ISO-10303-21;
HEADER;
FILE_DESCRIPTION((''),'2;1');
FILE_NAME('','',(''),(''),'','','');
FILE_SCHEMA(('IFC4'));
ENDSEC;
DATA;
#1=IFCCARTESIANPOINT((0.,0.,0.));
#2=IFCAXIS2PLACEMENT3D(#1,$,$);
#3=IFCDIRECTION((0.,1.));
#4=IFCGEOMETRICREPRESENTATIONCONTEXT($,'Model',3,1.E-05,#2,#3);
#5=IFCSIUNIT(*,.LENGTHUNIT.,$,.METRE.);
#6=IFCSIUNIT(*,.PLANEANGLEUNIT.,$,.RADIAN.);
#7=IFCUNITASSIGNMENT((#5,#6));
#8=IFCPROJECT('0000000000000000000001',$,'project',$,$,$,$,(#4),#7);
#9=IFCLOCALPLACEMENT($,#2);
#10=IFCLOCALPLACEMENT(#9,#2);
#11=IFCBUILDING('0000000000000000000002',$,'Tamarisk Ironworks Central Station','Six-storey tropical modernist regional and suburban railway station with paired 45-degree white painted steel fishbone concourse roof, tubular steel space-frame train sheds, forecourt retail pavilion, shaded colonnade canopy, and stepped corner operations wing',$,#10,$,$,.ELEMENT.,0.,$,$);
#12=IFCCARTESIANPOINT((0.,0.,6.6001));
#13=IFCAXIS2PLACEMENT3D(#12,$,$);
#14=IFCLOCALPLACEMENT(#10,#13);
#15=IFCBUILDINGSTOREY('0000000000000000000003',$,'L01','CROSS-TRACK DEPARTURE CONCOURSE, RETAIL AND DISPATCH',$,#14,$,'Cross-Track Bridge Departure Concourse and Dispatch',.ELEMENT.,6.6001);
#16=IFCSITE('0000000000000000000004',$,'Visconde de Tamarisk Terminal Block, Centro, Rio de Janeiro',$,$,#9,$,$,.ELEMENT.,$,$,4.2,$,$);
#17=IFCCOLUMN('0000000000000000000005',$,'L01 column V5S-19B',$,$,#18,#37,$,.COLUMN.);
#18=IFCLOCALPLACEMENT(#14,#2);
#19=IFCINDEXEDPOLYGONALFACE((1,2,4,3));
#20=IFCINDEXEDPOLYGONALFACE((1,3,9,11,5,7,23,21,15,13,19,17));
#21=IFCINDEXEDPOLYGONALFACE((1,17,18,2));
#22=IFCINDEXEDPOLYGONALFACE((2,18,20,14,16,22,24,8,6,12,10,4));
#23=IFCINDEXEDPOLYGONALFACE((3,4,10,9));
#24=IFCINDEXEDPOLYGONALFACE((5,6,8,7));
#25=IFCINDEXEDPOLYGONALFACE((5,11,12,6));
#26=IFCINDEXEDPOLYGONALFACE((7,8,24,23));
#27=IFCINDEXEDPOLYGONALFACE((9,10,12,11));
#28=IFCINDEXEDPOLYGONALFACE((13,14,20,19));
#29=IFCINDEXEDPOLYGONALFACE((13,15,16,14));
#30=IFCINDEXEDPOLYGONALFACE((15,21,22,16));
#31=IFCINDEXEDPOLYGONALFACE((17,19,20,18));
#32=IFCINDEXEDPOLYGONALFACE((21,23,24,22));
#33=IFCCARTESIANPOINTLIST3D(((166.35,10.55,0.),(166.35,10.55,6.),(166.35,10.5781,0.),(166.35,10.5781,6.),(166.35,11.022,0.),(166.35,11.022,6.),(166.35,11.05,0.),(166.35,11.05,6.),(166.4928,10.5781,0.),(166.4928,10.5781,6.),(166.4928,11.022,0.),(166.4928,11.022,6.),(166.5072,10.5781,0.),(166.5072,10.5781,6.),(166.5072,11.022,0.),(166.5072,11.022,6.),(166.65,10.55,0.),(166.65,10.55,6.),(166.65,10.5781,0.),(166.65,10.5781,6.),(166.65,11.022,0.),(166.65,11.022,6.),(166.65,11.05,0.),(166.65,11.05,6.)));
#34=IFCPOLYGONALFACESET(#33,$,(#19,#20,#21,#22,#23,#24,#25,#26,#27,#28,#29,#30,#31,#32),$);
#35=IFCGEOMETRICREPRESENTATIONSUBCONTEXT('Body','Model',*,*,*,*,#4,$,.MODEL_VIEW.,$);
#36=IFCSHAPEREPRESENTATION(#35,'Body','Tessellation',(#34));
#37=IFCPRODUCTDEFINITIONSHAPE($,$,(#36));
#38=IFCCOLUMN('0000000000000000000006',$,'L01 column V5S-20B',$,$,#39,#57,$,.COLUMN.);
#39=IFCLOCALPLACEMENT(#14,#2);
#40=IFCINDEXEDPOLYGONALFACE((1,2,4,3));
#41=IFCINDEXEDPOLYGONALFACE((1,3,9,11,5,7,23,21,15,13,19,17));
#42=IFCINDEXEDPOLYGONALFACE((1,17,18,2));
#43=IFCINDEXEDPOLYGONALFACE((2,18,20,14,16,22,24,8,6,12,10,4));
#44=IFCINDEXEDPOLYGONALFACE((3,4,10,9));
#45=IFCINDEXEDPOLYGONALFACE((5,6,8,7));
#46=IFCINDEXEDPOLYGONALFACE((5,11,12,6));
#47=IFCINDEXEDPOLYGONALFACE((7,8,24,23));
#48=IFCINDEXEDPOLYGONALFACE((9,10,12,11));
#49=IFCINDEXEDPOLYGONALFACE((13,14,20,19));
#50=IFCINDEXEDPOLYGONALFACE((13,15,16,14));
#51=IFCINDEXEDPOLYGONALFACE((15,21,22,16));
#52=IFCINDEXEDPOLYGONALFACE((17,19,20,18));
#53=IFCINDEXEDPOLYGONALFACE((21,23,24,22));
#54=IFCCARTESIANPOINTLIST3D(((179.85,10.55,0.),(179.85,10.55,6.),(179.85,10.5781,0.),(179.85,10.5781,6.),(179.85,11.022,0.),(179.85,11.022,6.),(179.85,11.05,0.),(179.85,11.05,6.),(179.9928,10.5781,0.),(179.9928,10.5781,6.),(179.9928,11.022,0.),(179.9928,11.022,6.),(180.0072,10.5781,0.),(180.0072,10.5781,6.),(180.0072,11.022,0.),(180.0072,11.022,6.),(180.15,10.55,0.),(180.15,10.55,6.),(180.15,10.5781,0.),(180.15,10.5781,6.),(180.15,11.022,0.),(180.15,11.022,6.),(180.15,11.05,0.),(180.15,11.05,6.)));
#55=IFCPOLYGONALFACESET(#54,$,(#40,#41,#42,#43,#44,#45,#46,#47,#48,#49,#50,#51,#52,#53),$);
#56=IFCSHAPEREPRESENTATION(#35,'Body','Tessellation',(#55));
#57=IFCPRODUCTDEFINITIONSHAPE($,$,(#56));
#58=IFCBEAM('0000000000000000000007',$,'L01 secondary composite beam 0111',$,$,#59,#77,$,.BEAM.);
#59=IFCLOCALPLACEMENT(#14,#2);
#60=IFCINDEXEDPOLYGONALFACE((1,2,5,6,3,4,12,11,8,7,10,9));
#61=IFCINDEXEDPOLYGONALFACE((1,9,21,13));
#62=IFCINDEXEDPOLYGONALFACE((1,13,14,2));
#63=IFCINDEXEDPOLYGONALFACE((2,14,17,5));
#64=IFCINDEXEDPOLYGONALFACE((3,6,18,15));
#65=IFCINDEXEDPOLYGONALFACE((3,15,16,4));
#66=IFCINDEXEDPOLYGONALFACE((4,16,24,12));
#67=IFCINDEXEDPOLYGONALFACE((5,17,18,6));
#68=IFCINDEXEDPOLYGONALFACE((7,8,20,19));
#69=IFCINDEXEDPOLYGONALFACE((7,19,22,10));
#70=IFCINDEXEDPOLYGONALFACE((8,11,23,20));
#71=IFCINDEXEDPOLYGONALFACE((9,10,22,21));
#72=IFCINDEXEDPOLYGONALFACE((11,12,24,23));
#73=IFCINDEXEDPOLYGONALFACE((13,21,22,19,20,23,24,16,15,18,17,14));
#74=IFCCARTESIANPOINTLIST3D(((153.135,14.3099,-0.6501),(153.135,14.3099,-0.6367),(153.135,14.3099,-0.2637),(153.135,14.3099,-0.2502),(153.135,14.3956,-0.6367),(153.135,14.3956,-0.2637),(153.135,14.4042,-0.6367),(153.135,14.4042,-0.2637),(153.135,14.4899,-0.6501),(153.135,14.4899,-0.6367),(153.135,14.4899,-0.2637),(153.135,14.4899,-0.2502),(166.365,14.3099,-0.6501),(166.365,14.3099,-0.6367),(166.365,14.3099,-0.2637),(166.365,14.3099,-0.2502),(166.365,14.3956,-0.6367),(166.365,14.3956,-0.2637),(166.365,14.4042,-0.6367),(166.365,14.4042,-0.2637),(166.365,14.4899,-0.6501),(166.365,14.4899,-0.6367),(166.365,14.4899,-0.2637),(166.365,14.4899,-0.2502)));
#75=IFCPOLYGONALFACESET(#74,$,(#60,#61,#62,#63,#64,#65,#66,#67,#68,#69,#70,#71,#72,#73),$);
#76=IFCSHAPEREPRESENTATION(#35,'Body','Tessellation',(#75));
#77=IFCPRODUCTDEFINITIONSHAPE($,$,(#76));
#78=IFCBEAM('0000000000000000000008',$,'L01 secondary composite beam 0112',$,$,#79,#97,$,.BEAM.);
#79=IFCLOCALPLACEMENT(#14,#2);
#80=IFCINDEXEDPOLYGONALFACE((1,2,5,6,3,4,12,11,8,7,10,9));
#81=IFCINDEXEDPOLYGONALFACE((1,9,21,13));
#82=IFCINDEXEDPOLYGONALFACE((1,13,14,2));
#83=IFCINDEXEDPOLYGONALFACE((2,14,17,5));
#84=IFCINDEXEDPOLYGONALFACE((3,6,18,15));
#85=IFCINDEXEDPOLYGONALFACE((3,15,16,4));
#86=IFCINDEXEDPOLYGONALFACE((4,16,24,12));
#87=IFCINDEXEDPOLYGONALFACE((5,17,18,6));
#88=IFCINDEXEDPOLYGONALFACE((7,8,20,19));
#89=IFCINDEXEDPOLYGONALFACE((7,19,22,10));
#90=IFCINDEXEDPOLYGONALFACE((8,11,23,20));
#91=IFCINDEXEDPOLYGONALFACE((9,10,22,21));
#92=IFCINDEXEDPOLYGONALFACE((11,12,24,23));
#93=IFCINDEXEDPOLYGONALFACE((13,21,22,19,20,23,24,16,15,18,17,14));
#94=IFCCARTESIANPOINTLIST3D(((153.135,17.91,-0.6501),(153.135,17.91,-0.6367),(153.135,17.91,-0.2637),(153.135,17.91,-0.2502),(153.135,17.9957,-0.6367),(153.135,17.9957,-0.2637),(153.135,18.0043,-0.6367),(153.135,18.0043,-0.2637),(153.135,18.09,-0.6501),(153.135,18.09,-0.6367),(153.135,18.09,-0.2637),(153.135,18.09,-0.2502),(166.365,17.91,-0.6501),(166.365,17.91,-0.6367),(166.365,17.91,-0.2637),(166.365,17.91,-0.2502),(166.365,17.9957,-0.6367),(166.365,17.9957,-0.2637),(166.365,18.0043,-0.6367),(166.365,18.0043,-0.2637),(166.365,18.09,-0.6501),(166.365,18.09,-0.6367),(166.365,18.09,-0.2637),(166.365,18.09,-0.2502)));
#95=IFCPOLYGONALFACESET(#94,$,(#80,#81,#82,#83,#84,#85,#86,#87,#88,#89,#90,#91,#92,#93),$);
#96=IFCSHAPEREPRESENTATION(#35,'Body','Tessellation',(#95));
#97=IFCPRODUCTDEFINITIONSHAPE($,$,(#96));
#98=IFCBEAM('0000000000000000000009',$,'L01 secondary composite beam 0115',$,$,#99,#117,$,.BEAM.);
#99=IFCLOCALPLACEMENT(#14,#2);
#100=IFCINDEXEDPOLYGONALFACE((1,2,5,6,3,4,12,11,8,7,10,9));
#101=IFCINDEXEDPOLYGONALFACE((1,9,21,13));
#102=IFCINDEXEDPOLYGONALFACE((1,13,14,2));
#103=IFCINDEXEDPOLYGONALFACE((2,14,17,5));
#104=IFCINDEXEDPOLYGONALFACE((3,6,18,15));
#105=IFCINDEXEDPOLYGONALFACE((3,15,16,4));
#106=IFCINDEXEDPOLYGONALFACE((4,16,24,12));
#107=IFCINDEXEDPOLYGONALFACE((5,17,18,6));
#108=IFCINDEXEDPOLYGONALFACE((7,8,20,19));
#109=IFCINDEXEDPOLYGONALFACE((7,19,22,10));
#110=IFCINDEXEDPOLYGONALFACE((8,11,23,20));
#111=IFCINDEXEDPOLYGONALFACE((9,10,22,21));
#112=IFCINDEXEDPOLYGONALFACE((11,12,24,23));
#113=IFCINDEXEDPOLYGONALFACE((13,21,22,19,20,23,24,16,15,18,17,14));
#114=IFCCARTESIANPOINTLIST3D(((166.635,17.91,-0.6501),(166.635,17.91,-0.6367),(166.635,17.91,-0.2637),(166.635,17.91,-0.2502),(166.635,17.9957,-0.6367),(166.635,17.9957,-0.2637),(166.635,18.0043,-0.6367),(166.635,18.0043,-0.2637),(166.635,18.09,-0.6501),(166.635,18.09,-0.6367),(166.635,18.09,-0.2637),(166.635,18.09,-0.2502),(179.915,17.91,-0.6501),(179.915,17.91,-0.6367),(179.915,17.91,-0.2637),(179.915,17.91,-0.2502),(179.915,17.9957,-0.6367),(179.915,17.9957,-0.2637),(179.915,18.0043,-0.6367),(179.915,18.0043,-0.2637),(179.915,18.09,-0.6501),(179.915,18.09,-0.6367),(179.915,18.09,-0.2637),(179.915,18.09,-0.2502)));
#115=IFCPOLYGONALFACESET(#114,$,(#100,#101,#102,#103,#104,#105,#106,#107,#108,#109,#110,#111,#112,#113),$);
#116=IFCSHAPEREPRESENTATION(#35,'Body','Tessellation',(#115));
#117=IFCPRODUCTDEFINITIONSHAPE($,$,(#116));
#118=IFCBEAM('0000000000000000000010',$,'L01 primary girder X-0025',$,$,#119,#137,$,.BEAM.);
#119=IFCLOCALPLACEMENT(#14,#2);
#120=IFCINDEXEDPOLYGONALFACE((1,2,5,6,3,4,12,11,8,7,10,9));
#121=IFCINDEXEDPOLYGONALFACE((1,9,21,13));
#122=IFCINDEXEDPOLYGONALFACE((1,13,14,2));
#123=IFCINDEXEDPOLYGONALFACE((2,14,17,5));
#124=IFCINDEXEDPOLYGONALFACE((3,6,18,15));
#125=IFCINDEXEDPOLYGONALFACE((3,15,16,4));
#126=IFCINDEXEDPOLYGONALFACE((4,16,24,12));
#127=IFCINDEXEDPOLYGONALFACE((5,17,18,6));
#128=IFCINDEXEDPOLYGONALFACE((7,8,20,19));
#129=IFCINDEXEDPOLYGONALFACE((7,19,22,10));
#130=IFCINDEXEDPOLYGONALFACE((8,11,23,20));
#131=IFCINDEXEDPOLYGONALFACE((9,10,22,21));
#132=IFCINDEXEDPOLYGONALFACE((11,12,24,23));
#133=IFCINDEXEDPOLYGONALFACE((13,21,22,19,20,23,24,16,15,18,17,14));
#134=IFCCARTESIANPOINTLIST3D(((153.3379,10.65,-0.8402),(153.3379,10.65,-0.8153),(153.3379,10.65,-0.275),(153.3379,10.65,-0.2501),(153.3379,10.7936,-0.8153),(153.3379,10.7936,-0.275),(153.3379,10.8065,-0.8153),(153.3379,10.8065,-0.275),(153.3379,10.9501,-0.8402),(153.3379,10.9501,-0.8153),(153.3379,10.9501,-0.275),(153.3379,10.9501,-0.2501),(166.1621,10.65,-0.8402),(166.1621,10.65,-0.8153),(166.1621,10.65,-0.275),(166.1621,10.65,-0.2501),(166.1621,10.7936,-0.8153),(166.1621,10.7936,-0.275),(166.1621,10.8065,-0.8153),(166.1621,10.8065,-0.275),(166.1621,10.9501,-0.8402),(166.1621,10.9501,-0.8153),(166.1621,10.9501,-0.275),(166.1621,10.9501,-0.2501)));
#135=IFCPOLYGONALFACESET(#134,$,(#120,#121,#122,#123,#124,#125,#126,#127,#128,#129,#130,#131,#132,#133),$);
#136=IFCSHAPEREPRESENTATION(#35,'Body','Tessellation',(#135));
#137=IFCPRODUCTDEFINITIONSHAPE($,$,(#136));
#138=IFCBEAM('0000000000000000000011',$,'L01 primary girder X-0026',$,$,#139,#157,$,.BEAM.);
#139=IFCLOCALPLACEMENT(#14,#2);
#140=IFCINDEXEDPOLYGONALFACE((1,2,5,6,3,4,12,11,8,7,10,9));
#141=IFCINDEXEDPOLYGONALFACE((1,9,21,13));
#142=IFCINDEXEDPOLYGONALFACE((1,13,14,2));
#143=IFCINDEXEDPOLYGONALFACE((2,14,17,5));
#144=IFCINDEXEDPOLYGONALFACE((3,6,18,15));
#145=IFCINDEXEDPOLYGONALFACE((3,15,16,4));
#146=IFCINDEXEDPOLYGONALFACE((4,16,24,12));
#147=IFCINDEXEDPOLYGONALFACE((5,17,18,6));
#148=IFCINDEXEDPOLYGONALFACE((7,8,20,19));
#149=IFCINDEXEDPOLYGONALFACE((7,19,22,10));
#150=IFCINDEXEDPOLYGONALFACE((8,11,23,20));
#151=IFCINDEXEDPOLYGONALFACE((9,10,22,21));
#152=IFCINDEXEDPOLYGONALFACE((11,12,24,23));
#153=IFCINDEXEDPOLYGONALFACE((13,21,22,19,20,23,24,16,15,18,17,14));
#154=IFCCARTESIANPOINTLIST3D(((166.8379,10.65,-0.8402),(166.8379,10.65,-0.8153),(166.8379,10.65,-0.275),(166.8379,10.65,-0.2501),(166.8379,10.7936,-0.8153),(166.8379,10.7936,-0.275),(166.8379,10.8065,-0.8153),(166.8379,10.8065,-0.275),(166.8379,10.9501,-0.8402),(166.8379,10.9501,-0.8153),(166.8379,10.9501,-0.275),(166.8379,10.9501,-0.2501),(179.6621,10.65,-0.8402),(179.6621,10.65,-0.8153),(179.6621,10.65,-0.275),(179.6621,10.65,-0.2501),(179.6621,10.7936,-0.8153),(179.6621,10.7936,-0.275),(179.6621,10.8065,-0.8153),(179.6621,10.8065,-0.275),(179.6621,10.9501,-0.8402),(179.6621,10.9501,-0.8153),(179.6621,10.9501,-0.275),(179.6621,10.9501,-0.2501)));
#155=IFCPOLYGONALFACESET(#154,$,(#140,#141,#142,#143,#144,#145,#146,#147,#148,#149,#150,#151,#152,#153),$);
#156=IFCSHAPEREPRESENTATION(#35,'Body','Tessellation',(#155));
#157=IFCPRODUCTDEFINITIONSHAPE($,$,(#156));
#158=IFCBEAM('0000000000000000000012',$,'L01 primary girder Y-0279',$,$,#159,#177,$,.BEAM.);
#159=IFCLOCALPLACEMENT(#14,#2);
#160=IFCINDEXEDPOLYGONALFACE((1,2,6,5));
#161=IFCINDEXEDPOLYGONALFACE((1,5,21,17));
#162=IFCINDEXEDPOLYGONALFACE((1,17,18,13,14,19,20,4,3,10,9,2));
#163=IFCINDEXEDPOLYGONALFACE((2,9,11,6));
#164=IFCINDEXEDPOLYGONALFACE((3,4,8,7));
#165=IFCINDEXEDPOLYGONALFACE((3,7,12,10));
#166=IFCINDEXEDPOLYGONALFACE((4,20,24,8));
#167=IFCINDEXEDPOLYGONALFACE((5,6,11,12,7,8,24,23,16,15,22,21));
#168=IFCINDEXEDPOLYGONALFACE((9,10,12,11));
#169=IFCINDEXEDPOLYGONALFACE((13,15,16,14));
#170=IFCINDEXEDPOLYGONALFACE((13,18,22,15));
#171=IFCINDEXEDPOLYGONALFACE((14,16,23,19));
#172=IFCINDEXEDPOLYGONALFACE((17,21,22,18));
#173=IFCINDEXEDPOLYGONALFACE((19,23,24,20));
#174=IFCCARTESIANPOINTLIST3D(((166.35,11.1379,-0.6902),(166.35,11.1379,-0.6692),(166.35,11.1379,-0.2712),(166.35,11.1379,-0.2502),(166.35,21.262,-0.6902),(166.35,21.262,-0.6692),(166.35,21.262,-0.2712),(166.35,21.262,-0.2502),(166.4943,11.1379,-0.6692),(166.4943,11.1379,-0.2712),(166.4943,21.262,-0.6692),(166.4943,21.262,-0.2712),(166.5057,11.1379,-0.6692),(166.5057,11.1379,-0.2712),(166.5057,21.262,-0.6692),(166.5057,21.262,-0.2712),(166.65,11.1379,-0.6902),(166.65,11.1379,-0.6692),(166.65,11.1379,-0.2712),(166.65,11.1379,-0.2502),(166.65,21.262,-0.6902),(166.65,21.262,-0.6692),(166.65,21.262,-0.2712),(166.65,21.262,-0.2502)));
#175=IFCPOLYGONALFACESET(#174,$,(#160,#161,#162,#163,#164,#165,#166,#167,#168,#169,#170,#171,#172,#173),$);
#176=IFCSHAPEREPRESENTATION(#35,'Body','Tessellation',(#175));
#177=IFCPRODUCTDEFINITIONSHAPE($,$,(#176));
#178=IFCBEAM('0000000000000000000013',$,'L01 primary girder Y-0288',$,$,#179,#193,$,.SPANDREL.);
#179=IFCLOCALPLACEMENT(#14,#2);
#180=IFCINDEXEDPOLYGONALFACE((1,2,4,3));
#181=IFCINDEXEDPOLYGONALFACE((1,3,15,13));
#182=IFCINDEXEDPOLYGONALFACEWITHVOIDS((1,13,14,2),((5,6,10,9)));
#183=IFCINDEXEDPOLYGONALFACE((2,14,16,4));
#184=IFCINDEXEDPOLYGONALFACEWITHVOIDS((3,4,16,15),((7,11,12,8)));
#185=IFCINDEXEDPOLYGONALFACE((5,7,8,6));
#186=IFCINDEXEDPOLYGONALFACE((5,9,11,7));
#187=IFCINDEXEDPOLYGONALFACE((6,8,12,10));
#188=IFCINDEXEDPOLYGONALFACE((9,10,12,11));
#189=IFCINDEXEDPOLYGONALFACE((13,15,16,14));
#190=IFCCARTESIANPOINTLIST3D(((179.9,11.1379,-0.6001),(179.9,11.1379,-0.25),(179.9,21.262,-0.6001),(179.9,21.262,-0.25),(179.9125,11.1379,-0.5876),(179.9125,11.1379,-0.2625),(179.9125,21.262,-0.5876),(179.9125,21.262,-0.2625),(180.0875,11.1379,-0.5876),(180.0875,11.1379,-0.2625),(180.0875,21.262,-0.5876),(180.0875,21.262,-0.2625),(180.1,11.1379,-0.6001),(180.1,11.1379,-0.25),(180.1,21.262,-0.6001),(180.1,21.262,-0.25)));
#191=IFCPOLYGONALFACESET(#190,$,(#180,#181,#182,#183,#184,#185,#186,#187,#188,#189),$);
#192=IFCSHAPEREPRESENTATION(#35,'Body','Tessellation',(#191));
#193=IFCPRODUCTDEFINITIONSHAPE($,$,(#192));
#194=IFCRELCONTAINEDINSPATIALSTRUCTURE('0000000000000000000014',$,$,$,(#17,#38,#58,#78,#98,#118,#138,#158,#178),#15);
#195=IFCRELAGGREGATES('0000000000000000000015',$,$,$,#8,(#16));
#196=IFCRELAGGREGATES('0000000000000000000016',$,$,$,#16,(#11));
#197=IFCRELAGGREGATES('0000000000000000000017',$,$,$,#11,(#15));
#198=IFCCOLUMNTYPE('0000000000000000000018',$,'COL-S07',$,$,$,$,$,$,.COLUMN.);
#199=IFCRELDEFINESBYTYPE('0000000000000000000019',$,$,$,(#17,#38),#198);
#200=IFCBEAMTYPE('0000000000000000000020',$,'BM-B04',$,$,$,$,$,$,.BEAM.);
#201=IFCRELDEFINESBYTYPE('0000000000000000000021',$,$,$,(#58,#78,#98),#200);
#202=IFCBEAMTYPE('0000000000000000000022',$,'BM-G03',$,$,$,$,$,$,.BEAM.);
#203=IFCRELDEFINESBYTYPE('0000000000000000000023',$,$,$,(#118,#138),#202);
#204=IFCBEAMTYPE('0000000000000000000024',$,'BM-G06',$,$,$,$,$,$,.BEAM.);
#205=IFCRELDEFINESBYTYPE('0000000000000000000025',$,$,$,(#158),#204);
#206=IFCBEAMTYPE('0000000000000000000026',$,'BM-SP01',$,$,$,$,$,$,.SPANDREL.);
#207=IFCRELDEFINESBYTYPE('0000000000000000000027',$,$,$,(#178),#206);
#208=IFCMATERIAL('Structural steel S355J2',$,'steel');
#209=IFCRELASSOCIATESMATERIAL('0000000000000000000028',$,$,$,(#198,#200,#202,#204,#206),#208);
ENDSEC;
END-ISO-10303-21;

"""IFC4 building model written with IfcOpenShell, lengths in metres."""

from ifc_helpers import new_model, si_unit, direction, frame, origin, origin_2d, place, context, subcontext, project, spatial, hollow_rectangle, i_section, extrude, material, material_profile, profile_set, type_object, element, save


model = new_model("IFC4")

# Units and contexts
model_context = context("Model", 3, precision=1e-05, world=origin(), true_north=direction((0.0, 1.0)))
body_context = subcontext(model_context, "Body", "Model", "MODEL_VIEW")
ifc_project = project(units=[si_unit("LENGTHUNIT", "METRE"), si_unit("PLANEANGLEUNIT", "RADIAN")], contexts=[model_context])

# Site, building, storey
site_placement = place(None, origin())
site = spatial("IfcSite", under=ifc_project, at=site_placement, Name="Visconde de Tamarisk Terminal Block, Centro, Rio de Janeiro", CompositionType="ELEMENT", RefElevation=4.2)
building_placement = place(site_placement, origin())
building = spatial("IfcBuilding", under=site, at=building_placement, Name="Tamarisk Ironworks Central Station", Description="Six-storey tropical modernist regional and suburban railway station with paired 45-degree white painted steel fishbone concourse roof, tubular steel space-frame train sheds, forecourt retail pavilion, shaded colonnade canopy, and stepped corner operations wing", CompositionType="ELEMENT", ElevationOfRefHeight=0.0)
storey_placement = place(building_placement, frame((0.0, 0.0, 6.6001)))
storey = spatial("IfcBuildingStorey", under=building, at=storey_placement, Name="L01", Description="CROSS-TRACK DEPARTURE CONCOURSE, RETAIL AND DISPATCH", LongName="Cross-Track Bridge Departure Concourse and Dispatch", CompositionType="ELEMENT", Elevation=6.6001)

# Columns
ifc_material_1 = material(Name="Structural steel S355J2", Category="steel")
ifc_material_profile_1 = material_profile(ifc_material_1, i_section(OverallWidth=0.3, OverallDepth=0.5, WebThickness=0.0144, FlangeThickness=0.0281, at=origin_2d()), Name="HEB 500")
ifc_profile_set_1 = profile_set([ifc_material_profile_1], Name="Structural steel S355J2")
column_type = type_object("IfcColumnType", Name="COL-S07", PredefinedType="COLUMN", material=ifc_profile_set_1)
for number, where, z_axis, x_axis, name in (
    (1, (166.5, 10.8, 0.0), (0.0, 0.0, 1.0), (1.0, 0.0, 0.0), "L01 column V5S-19B"),
    (2, (180.0, 10.8, 0.0), (0.0, 0.0, 1.0), (1.0, 0.0, 0.0), "L01 column V5S-20B"),
):
    element("IfcColumn", number, at=place(storey_placement, frame(where, z_axis=z_axis, x_axis=x_axis)), inside=storey, type_object=column_type, Name=name, PredefinedType="COLUMN", context=body_context, shape_type="SweptSolid", body=[
        extrude(i_section(OverallWidth=0.3, OverallDepth=0.5, WebThickness=0.0144, FlangeThickness=0.0281, at=origin_2d()), origin(), (0.0, 0.0, 1.0), 6.0),
    ])

# Beams
ifc_material_profile_2 = material_profile(ifc_material_1, i_section(OverallWidth=0.1799, OverallDepth=0.3999, WebThickness=0.0085, FlangeThickness=0.0134, at=origin_2d()), Name="IPE 400")
ifc_profile_set_2 = profile_set([ifc_material_profile_2], Name="Structural steel S355J2")
beam_type_1 = type_object("IfcBeamType", Name="BM-B04", PredefinedType="BEAM", material=ifc_profile_set_2)
for number, where, z_axis, x_axis, name in (
    (3, (153.135, 14.3999, -0.4502), (1.0, 0.0, 0.0), (0.0, 1.0, 0.0), "L01 secondary composite beam 0111"),
    (4, (153.135, 18.0, -0.4502), (1.0, 0.0, 0.0), (0.0, 1.0, 0.0), "L01 secondary composite beam 0112"),
):
    element("IfcBeam", number, at=place(storey_placement, frame(where, z_axis=z_axis, x_axis=x_axis)), inside=storey, type_object=beam_type_1, Name=name, PredefinedType="BEAM", context=body_context, shape_type="SweptSolid", body=[
        extrude(i_section(OverallWidth=0.1799, OverallDepth=0.3999, WebThickness=0.0085, FlangeThickness=0.0134, at=origin_2d()), origin(), (0.0, 0.0, 1.0), 13.23),
    ])
beam_1_placement = place(storey_placement, frame((166.635, 18.0, -0.4502), z_axis=(1.0, 0.0, 0.0), x_axis=(0.0, 1.0, 0.0)))
element("IfcBeam", 5, at=beam_1_placement, inside=storey, type_object=beam_type_1, Name="L01 secondary composite beam 0115", PredefinedType="BEAM", context=body_context, shape_type="SweptSolid", body=[
    extrude(i_section(OverallWidth=0.1799, OverallDepth=0.3999, WebThickness=0.0085, FlangeThickness=0.0134, at=origin_2d()), origin(), (0.0, 0.0, 1.0), 13.28),
])
ifc_material_profile_3 = material_profile(ifc_material_1, i_section(OverallWidth=0.3, OverallDepth=0.5901, WebThickness=0.0129, FlangeThickness=0.0249, at=origin_2d()), Name="HEA 600")
ifc_profile_set_3 = profile_set([ifc_material_profile_3], Name="Structural steel S355J2")
beam_type_2 = type_object("IfcBeamType", Name="BM-G03", PredefinedType="BEAM", material=ifc_profile_set_3)
for number, where, z_axis, x_axis, name in (
    (6, (153.3379, 10.8, -0.5452), (1.0, 0.0, 0.0), (0.0, 1.0, 0.0), "L01 primary girder X-0025"),
    (7, (166.8379, 10.8, -0.5452), (1.0, 0.0, 0.0), (0.0, 1.0, 0.0), "L01 primary girder X-0026"),
):
    element("IfcBeam", number, at=place(storey_placement, frame(where, z_axis=z_axis, x_axis=x_axis)), inside=storey, type_object=beam_type_2, Name=name, PredefinedType="BEAM", context=body_context, shape_type="SweptSolid", body=[
        extrude(i_section(OverallWidth=0.3, OverallDepth=0.5901, WebThickness=0.0129, FlangeThickness=0.0249, at=origin_2d()), origin(), (0.0, 0.0, 1.0), 12.8242),
    ])
ifc_material_profile_4 = material_profile(ifc_material_1, i_section(OverallWidth=0.3, OverallDepth=0.4399, WebThickness=0.0115, FlangeThickness=0.021, at=origin_2d()), Name="HEA 450")
ifc_profile_set_4 = profile_set([ifc_material_profile_4], Name="Structural steel S355J2")
beam_type_3 = type_object("IfcBeamType", Name="BM-G06", PredefinedType="BEAM", material=ifc_profile_set_4)
beam_2_placement = place(storey_placement, frame((166.5, 11.1379, -0.4702), z_axis=(0.0, 1.0, 0.0), x_axis=(-1.0, 0.0, 0.0)))
element("IfcBeam", 8, at=beam_2_placement, inside=storey, type_object=beam_type_3, Name="L01 primary girder Y-0279", PredefinedType="BEAM", context=body_context, shape_type="SweptSolid", body=[
    extrude(i_section(OverallWidth=0.3, OverallDepth=0.4399, WebThickness=0.0115, FlangeThickness=0.021, at=origin_2d()), origin(), (0.0, 0.0, 1.0), 10.124),
])
ifc_material_profile_5 = material_profile(ifc_material_1, hollow_rectangle(XDim=0.2, YDim=0.3501, WallThickness=0.0125, at=origin_2d()), Name="RHS 350x200x12.5")
ifc_profile_set_5 = profile_set([ifc_material_profile_5], Name="Structural steel S355J2")
beam_type_4 = type_object("IfcBeamType", Name="BM-SP01", PredefinedType="SPANDREL", material=ifc_profile_set_5)
beam_3_placement = place(storey_placement, frame((180.0, 11.1379, -0.425), z_axis=(0.0, 1.0, 0.0), x_axis=(-1.0, 0.0, 0.0)))
element("IfcBeam", 9, at=beam_3_placement, inside=storey, type_object=beam_type_4, Name="L01 primary girder Y-0288", PredefinedType="SPANDREL", context=body_context, shape_type="SweptSolid", body=[
    extrude(hollow_rectangle(XDim=0.2, YDim=0.3501, WallThickness=0.0125, at=origin_2d()), origin(), (0.0, 0.0, 1.0), 10.124),
])

save(model, "model.ifc")
